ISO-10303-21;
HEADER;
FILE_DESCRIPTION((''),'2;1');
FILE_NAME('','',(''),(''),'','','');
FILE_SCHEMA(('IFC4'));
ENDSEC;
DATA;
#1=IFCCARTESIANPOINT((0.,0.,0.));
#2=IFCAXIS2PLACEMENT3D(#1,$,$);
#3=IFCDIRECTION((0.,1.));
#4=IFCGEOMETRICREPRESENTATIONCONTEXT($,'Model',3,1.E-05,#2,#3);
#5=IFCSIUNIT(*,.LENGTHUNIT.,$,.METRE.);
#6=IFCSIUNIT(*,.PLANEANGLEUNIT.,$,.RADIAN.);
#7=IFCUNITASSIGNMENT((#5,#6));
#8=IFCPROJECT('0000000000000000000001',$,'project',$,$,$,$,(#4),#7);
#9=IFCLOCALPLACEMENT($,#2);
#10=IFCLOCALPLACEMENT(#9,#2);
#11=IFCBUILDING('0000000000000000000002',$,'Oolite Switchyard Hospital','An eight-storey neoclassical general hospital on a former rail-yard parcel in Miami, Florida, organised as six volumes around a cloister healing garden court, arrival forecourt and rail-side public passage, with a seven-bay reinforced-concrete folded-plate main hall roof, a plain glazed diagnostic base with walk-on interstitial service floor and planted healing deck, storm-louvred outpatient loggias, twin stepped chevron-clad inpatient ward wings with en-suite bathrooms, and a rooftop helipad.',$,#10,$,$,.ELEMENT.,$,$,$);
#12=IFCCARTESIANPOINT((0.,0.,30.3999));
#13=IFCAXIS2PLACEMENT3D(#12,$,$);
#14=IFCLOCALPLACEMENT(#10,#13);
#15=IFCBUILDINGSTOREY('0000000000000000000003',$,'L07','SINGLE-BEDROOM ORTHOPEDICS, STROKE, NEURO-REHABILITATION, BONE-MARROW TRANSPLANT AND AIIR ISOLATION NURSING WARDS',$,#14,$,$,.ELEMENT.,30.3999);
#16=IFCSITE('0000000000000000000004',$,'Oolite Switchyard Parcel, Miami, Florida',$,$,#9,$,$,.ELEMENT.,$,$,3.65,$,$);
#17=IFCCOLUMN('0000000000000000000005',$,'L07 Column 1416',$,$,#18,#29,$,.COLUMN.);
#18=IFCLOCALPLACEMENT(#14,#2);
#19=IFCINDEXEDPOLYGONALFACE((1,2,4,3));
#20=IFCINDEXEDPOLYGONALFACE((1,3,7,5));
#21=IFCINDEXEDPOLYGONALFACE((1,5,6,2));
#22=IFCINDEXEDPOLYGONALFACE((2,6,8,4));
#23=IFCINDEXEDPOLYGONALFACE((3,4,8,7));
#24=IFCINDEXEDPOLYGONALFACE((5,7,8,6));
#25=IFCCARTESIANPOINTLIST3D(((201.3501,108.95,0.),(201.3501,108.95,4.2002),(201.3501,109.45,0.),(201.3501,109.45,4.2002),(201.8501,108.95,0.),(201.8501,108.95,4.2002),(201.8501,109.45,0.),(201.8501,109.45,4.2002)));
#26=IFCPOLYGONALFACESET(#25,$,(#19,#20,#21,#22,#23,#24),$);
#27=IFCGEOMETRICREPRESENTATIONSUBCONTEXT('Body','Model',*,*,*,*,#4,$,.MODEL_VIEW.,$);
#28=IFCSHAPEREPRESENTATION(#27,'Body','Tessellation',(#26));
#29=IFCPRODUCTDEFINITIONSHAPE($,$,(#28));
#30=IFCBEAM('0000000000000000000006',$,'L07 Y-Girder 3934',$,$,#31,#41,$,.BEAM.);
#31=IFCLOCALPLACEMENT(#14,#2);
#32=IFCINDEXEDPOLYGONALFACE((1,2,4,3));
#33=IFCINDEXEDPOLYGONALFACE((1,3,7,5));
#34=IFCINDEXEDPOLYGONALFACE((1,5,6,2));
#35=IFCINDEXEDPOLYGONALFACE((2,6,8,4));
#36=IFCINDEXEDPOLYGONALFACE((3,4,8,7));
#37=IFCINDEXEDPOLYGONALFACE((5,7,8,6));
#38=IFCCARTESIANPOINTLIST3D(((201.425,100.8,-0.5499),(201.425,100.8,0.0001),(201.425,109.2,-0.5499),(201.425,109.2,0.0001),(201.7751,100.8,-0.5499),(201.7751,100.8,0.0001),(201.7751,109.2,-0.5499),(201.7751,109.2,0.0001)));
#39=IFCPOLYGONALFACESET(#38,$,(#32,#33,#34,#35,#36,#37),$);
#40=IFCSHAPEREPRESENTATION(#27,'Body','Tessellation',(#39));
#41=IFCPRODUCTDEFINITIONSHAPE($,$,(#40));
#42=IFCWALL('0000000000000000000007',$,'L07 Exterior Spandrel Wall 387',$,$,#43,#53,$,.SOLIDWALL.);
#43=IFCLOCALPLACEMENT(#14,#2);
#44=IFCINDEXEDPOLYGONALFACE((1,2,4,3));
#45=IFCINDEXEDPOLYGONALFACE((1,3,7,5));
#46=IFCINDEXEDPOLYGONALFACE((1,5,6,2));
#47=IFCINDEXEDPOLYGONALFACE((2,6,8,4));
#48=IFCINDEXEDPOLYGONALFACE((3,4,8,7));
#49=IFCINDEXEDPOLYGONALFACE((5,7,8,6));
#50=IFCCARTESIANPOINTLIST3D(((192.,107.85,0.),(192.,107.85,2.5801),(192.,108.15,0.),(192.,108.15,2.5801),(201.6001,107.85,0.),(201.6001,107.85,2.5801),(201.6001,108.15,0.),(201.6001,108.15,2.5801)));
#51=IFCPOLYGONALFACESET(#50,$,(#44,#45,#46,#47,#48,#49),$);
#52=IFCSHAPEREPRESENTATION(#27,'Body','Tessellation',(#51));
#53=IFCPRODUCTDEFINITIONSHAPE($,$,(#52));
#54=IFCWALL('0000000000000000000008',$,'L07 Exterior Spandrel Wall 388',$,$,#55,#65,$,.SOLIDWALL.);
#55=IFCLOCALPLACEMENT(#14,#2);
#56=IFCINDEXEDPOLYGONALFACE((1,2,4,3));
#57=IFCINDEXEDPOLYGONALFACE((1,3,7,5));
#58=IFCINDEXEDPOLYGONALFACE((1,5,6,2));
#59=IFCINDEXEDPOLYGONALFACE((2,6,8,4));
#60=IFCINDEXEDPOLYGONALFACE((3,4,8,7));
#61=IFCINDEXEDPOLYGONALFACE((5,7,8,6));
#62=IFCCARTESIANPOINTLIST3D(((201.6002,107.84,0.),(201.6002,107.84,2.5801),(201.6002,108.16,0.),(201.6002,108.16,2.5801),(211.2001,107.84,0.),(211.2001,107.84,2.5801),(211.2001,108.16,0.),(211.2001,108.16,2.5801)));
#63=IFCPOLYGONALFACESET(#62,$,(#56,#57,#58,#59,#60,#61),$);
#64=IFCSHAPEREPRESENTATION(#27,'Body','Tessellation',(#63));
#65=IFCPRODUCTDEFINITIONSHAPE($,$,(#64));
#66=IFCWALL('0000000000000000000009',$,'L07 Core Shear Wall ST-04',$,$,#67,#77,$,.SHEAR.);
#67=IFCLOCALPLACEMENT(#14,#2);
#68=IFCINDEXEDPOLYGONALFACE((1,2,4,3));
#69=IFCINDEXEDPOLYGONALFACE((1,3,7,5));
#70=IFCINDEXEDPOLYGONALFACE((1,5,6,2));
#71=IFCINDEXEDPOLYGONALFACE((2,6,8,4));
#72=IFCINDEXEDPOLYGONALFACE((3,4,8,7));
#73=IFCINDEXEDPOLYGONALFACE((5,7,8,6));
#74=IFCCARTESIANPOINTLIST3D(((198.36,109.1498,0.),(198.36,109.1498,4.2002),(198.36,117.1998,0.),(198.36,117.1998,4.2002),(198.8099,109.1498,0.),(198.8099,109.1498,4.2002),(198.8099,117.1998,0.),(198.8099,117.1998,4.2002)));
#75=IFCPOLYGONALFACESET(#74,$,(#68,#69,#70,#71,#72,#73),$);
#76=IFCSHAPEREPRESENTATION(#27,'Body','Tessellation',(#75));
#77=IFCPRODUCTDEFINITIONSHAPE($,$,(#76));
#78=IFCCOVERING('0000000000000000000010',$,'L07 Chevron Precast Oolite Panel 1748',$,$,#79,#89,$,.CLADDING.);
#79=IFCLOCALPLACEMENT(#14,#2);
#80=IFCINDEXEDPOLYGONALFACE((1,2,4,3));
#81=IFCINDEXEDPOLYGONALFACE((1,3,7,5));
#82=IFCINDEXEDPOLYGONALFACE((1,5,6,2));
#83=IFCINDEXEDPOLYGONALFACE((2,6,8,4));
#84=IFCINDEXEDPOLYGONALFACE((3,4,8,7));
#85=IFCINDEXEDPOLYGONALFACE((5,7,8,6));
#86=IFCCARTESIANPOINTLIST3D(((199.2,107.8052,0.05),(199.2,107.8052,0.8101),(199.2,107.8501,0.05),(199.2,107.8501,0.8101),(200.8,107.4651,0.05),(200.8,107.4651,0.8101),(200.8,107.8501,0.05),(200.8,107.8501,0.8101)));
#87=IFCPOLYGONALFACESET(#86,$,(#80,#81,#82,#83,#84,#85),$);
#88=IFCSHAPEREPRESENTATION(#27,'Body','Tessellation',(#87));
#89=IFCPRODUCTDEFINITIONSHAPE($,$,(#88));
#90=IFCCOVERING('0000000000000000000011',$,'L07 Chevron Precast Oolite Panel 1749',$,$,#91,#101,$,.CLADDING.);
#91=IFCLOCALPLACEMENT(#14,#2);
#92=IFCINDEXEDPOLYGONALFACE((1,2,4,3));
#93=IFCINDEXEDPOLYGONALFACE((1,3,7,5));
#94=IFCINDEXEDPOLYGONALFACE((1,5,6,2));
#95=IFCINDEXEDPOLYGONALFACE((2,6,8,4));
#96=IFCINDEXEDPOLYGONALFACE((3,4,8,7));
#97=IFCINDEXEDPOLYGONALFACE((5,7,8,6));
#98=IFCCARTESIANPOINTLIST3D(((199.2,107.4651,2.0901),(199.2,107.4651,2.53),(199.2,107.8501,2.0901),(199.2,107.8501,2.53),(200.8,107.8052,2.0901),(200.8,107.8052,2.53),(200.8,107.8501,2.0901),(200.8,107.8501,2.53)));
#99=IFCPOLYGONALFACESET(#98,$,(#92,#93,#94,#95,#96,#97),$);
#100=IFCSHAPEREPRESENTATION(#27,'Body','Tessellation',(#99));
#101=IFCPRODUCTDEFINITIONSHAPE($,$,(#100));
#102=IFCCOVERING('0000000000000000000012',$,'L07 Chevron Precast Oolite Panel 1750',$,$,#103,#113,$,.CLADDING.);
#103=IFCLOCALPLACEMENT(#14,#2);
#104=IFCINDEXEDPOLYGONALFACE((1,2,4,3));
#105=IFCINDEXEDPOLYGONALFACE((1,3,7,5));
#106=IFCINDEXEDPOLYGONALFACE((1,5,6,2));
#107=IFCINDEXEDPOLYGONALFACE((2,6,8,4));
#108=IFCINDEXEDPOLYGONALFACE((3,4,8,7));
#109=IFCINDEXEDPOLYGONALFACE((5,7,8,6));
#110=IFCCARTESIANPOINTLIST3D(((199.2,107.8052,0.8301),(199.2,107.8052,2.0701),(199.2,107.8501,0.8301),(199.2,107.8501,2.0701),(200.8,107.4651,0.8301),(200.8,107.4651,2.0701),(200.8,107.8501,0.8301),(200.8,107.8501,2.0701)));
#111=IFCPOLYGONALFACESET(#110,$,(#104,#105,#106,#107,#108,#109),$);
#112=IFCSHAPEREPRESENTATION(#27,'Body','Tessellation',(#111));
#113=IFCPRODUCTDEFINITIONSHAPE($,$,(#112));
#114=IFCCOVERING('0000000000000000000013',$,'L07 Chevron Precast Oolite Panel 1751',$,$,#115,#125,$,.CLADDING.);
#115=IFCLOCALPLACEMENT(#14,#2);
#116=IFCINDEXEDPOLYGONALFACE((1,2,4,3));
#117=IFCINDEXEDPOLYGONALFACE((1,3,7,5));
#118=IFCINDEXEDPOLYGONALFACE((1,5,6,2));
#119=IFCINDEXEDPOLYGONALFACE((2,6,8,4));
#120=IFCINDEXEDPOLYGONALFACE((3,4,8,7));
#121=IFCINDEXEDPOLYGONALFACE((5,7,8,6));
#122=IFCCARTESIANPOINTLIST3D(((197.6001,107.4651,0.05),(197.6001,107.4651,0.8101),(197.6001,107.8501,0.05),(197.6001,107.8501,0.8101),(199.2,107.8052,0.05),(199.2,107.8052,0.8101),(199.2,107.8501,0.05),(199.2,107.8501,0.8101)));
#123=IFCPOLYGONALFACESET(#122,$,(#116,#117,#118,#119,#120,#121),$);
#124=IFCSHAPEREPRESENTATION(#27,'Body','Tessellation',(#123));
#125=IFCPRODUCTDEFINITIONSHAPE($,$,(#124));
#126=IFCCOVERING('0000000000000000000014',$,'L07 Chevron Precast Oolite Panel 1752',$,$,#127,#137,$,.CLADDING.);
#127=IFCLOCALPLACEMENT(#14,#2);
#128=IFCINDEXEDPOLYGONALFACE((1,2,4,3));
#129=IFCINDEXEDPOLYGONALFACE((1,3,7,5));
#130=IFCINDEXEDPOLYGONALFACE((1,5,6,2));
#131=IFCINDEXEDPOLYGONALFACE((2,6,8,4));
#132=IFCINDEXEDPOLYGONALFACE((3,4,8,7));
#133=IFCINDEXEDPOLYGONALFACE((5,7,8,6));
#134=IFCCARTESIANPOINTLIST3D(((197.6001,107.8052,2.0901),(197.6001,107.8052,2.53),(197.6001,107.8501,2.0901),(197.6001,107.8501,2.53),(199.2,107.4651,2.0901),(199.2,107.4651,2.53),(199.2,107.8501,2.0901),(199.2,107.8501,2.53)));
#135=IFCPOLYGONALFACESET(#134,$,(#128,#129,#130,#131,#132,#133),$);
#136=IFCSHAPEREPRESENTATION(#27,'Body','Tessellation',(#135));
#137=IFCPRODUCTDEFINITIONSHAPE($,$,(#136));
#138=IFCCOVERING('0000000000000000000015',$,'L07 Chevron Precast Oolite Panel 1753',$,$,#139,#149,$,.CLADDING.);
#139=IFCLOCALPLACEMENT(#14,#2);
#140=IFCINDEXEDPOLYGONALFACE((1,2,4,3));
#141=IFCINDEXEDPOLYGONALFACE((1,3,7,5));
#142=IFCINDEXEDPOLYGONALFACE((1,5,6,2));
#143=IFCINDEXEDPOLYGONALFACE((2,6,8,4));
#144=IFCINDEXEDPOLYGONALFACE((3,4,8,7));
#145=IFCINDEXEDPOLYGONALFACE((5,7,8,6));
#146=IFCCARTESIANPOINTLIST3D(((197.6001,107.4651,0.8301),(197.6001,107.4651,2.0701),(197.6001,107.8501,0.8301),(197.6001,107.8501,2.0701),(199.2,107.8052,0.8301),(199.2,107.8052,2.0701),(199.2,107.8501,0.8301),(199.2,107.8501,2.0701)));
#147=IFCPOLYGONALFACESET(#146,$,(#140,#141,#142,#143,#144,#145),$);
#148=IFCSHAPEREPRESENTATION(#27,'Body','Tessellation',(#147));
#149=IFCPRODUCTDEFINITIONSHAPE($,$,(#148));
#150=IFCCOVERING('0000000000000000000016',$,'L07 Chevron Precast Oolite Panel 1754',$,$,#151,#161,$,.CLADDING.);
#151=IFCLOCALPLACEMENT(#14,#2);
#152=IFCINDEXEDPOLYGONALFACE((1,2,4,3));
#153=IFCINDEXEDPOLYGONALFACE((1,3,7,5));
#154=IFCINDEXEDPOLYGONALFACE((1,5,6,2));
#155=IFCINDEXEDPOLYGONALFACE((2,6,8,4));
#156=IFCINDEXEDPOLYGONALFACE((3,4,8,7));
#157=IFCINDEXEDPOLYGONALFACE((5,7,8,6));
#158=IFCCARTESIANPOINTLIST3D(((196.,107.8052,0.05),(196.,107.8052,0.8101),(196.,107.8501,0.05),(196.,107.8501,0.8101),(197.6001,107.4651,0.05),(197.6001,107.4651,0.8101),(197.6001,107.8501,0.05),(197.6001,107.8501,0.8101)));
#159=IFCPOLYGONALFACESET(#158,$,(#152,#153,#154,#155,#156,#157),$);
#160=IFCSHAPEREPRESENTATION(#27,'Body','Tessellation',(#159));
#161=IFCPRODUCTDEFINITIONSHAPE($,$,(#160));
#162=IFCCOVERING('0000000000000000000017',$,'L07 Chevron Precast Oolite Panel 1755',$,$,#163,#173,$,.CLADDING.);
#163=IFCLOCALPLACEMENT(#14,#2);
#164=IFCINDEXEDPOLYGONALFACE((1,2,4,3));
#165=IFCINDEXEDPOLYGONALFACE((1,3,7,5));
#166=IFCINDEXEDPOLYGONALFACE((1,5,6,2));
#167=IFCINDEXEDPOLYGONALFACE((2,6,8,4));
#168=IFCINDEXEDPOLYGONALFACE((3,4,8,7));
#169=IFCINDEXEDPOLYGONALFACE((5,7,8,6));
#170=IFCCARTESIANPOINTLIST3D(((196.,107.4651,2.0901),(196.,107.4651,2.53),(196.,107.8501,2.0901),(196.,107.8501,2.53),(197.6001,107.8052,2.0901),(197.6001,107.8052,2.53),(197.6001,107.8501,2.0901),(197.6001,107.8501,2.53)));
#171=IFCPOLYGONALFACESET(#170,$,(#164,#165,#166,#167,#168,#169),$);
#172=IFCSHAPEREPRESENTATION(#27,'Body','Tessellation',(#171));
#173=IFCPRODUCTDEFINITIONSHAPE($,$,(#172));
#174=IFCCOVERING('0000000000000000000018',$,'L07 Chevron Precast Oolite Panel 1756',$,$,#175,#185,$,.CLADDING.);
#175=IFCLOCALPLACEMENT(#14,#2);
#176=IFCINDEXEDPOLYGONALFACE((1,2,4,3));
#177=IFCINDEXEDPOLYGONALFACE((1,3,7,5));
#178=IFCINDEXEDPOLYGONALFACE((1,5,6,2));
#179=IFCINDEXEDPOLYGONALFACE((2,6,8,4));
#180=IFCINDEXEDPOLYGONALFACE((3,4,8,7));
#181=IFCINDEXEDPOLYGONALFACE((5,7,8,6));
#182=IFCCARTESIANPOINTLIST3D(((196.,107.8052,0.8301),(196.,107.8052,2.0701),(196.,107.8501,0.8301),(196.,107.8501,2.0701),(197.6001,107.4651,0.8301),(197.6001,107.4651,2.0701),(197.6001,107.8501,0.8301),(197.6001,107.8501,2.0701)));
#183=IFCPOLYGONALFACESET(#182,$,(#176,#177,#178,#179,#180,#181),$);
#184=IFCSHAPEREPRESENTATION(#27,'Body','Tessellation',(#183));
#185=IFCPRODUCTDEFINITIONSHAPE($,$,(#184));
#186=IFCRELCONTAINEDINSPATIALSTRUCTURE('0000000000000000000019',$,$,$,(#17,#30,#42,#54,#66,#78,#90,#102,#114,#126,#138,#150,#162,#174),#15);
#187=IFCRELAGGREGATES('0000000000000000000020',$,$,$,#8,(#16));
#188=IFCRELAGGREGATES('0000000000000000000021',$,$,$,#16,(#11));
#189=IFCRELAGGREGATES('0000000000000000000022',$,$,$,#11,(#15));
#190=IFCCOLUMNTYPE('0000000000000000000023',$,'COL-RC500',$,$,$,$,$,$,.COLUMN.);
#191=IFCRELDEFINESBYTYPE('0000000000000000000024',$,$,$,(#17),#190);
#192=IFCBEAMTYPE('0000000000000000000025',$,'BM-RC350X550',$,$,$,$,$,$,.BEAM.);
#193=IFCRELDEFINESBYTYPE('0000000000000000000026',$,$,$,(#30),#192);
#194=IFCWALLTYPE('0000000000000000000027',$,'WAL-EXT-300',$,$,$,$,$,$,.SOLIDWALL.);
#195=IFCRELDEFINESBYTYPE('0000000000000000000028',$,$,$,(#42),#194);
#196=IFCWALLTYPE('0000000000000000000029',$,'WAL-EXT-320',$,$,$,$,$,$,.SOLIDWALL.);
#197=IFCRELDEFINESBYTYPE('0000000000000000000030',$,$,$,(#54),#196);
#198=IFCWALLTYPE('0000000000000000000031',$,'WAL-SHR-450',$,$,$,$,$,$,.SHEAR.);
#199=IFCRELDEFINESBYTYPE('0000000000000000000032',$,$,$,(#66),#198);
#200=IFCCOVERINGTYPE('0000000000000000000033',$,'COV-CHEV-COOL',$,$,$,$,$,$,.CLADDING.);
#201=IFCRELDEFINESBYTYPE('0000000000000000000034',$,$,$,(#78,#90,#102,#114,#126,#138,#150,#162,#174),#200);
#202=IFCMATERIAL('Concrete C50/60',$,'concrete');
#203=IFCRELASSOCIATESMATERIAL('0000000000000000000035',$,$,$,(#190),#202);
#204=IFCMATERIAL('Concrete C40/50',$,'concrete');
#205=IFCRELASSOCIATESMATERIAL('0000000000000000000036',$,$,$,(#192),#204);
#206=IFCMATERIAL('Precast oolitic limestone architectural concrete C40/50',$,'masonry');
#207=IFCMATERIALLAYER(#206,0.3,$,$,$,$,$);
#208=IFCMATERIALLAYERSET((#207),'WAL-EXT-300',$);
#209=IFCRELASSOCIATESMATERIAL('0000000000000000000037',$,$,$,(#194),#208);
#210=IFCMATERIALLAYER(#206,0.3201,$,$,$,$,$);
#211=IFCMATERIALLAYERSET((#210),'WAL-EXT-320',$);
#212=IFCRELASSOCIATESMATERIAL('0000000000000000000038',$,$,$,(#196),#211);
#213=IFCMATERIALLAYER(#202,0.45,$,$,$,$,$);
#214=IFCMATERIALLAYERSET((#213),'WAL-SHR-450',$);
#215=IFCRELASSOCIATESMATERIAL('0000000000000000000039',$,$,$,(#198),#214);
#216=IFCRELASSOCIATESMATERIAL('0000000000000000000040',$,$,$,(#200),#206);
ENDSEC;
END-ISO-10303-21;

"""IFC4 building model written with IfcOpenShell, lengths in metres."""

from ifc_helpers import new_model, si_unit, direction, frame, frame_2d, origin, origin_2d, place, context, subcontext, project, spatial, polyline, rectangle, outline, extrude, material, layer, layer_set, material_profile, profile_set, type_object, element, save


model = new_model("IFC4")

# Units and contexts
model_context = context("Model", 3, precision=1e-05, world=origin(), true_north=direction((0.0, 1.0)))
body_context = subcontext(model_context, "Body", "Model", "MODEL_VIEW")
ifc_project = project(units=[si_unit("LENGTHUNIT", "METRE"), si_unit("PLANEANGLEUNIT", "RADIAN")], contexts=[model_context])

# Site, building, storey
site_placement = place(None, origin())
site = spatial("IfcSite", under=ifc_project, at=site_placement, Name="Oolite Switchyard Parcel, Miami, Florida", CompositionType="ELEMENT", RefElevation=3.65)
building_placement = place(site_placement, origin())
building = spatial("IfcBuilding", under=site, at=building_placement, Name="Oolite Switchyard Hospital", Description="An eight-storey neoclassical general hospital on a former rail-yard parcel in Miami, Florida, organised as six volumes around a cloister healing garden court, arrival forecourt and rail-side public passage, with a seven-bay reinforced-concrete folded-plate main hall roof, a plain glazed diagnostic base with walk-on interstitial service floor and planted healing deck, storm-louvred outpatient loggias, twin stepped chevron-clad inpatient ward wings with en-suite bathrooms, and a rooftop helipad.", CompositionType="ELEMENT")
storey_placement = place(building_placement, frame((0.0, 0.0, 30.3999)))
storey = spatial("IfcBuildingStorey", under=building, at=storey_placement, Name="L07", Description="SINGLE-BEDROOM ORTHOPEDICS, STROKE, NEURO-REHABILITATION, BONE-MARROW TRANSPLANT AND AIIR ISOLATION NURSING WARDS", CompositionType="ELEMENT", Elevation=30.3999)

# Column
ifc_material_1 = material(Name="Concrete C50/60", Category="concrete")
ifc_material_profile_1 = material_profile(ifc_material_1, rectangle(XDim=0.5, YDim=0.5, at=origin_2d()), Name="RC500X500")
ifc_profile_set_1 = profile_set([ifc_material_profile_1], Name="Concrete C50/60")
column_type = type_object("IfcColumnType", Name="COL-RC500", PredefinedType="COLUMN", material=ifc_profile_set_1)
column_placement = place(storey_placement, frame((201.6001, 109.2, 0.0), z_axis=(0.0, 0.0, 1.0), x_axis=(1.0, 0.0, 0.0)))
element("IfcColumn", 1, at=column_placement, inside=storey, type_object=column_type, Name="L07 Column 1416", PredefinedType="COLUMN", context=body_context, shape_type="SweptSolid", body=[
    extrude(rectangle(XDim=0.5, YDim=0.5, at=origin_2d()), origin(), (0.0, 0.0, 1.0), 4.2002),
])

# Beam
ifc_material_2 = material(Name="Concrete C40/50", Category="concrete")
ifc_material_profile_2 = material_profile(ifc_material_2, rectangle(XDim=0.3501, YDim=0.55, at=origin_2d()), Name="RCB350X550")
ifc_profile_set_2 = profile_set([ifc_material_profile_2], Name="Concrete C40/50")
beam_type = type_object("IfcBeamType", Name="BM-RC350X550", PredefinedType="BEAM", material=ifc_profile_set_2)
beam_placement = place(storey_placement, frame((201.6001, 100.8, -0.2749), z_axis=(0.0, 1.0, 0.0), x_axis=(-1.0, 0.0, 0.0)))
element("IfcBeam", 2, at=beam_placement, inside=storey, type_object=beam_type, Name="L07 Y-Girder 3934", PredefinedType="BEAM", context=body_context, shape_type="SweptSolid", body=[
    extrude(rectangle(XDim=0.3501, YDim=0.55, at=origin_2d()), origin(), (0.0, 0.0, 1.0), 8.3999),
])

# Walls
ifc_material_3 = material(Name="Precast oolitic limestone architectural concrete C40/50", Category="masonry")
ifc_layer_1 = layer(ifc_material_3, 0.3)
ifc_layer_set_1 = layer_set([ifc_layer_1], Name="WAL-EXT-300")
wall_type_1 = type_object("IfcWallType", Name="WAL-EXT-300", PredefinedType="SOLIDWALL", material=ifc_layer_set_1)
wall_1_placement = place(storey_placement, frame((201.6001, 108.0, 0.0), z_axis=(0.0, 0.0, 1.0), x_axis=(-1.0, 0.0, 0.0)))
element("IfcWall", 3, at=wall_1_placement, inside=storey, type_object=wall_type_1, Name="L07 Exterior Spandrel Wall 387", PredefinedType="SOLIDWALL", context=body_context, shape_type="SweptSolid", body=[
    extrude(rectangle(XDim=9.6001, YDim=0.3, at=frame_2d((4.8, 0.0))), origin(), (0.0, 0.0, 1.0), 2.5801),
])
ifc_layer_2 = layer(ifc_material_3, 0.3201)
ifc_layer_set_2 = layer_set([ifc_layer_2], Name="WAL-EXT-320")
wall_type_2 = type_object("IfcWallType", Name="WAL-EXT-320", PredefinedType="SOLIDWALL", material=ifc_layer_set_2)
wall_2_placement = place(storey_placement, frame((211.2, 108.0, 0.0), z_axis=(0.0, 0.0, 1.0), x_axis=(-1.0, 0.0, 0.0)))
element("IfcWall", 4, at=wall_2_placement, inside=storey, type_object=wall_type_2, Name="L07 Exterior Spandrel Wall 388", PredefinedType="SOLIDWALL", context=body_context, shape_type="SweptSolid", body=[
    extrude(rectangle(XDim=9.5999, YDim=0.3201, at=frame_2d((4.7998, 0.0))), origin(), (0.0, 0.0, 1.0), 2.5801),
])
ifc_layer_3 = layer(ifc_material_1, 0.45)
ifc_layer_set_3 = layer_set([ifc_layer_3], Name="WAL-SHR-450")
wall_type_3 = type_object("IfcWallType", Name="WAL-SHR-450", PredefinedType="SHEAR", material=ifc_layer_set_3)
wall_3_placement = place(storey_placement, frame((198.585, 109.1499, 0.0), z_axis=(0.0, 0.0, 1.0), x_axis=(0.0, 1.0, 0.0)))
element("IfcWall", 5, at=wall_3_placement, inside=storey, type_object=wall_type_3, Name="L07 Core Shear Wall ST-04", PredefinedType="SHEAR", context=body_context, shape_type="SweptSolid", body=[
    extrude(rectangle(XDim=8.05, YDim=0.45, at=frame_2d((4.0249, 0.0))), origin(), (0.0, 0.0, 1.0), 4.2002),
])

# Coverings
covering_type = type_object("IfcCoveringType", Name="COV-CHEV-COOL", PredefinedType="CLADDING", material=ifc_material_3)
covering_1_placement = place(storey_placement, frame((200.8, 107.8501, 0.05), z_axis=(0.0, 0.0, 1.0), x_axis=(-1.0, 0.0, 0.0)))
element("IfcCovering", 6, at=covering_1_placement, inside=storey, type_object=covering_type, Name="L07 Chevron Precast Oolite Panel 1748", PredefinedType="CLADDING", context=body_context, shape_type="SweptSolid", body=[
    extrude(outline(polyline([(0.0, 0.0), (1.6001, 0.0), (1.6001, 0.0449), (0.0, 0.385), (0.0, 0.0)])), origin(), (0.0, 0.0, 1.0), 0.76),
])
covering_2_placement = place(storey_placement, frame((200.8, 107.8501, 2.0901), z_axis=(0.0, 0.0, 1.0), x_axis=(-1.0, 0.0, 0.0)))
element("IfcCovering", 7, at=covering_2_placement, inside=storey, type_object=covering_type, Name="L07 Chevron Precast Oolite Panel 1749", PredefinedType="CLADDING", context=body_context, shape_type="SweptSolid", body=[
    extrude(outline(polyline([(0.0, 0.0), (1.6001, 0.0), (1.6001, 0.385), (0.0, 0.0449), (0.0, 0.0)])), origin(), (0.0, 0.0, 1.0), 0.4399),
])
covering_3_placement = place(storey_placement, frame((200.8, 107.8501, 0.8301), z_axis=(0.0, 0.0, 1.0), x_axis=(-1.0, 0.0, 0.0)))
element("IfcCovering", 8, at=covering_3_placement, inside=storey, type_object=covering_type, Name="L07 Chevron Precast Oolite Panel 1750", PredefinedType="CLADDING", context=body_context, shape_type="SweptSolid", body=[
    extrude(outline(polyline([(0.0, 0.0), (1.6001, 0.0), (1.6001, 0.0449), (0.0, 0.385), (0.0, 0.0)])), origin(), (0.0, 0.0, 1.0), 1.24),
])
covering_4_placement = place(storey_placement, frame((199.2, 107.8501, 0.05), z_axis=(0.0, 0.0, 1.0), x_axis=(-1.0, 0.0, 0.0)))
element("IfcCovering", 9, at=covering_4_placement, inside=storey, type_object=covering_type, Name="L07 Chevron Precast Oolite Panel 1751", PredefinedType="CLADDING", context=body_context, shape_type="SweptSolid", body=[
    extrude(outline(polyline([(0.0, 0.0), (1.5999, 0.0), (1.5999, 0.385), (0.0, 0.0449), (0.0, 0.0)])), origin(), (0.0, 0.0, 1.0), 0.76),
])
covering_5_placement = place(storey_placement, frame((199.2, 107.8501, 2.0901), z_axis=(0.0, 0.0, 1.0), x_axis=(-1.0, 0.0, 0.0)))
element("IfcCovering", 10, at=covering_5_placement, inside=storey, type_object=covering_type, Name="L07 Chevron Precast Oolite Panel 1752", PredefinedType="CLADDING", context=body_context, shape_type="SweptSolid", body=[
    extrude(outline(polyline([(0.0, 0.0), (1.5999, 0.0), (1.5999, 0.0449), (0.0, 0.385), (0.0, 0.0)])), origin(), (0.0, 0.0, 1.0), 0.4399),
])
covering_6_placement = place(storey_placement, frame((199.2, 107.8501, 0.8301), z_axis=(0.0, 0.0, 1.0), x_axis=(-1.0, 0.0, 0.0)))
element("IfcCovering", 11, at=covering_6_placement, inside=storey, type_object=covering_type, Name="L07 Chevron Precast Oolite Panel 1753", PredefinedType="CLADDING", context=body_context, shape_type="SweptSolid", body=[
    extrude(outline(polyline([(0.0, 0.0), (1.5999, 0.0), (1.5999, 0.385), (0.0, 0.0449), (0.0, 0.0)])), origin(), (0.0, 0.0, 1.0), 1.24),
])
covering_7_placement = place(storey_placement, frame((197.6001, 107.8501, 0.05), z_axis=(0.0, 0.0, 1.0), x_axis=(-1.0, 0.0, 0.0)))
element("IfcCovering", 12, at=covering_7_placement, inside=storey, type_object=covering_type, Name="L07 Chevron Precast Oolite Panel 1754", PredefinedType="CLADDING", context=body_context, shape_type="SweptSolid", body=[
    extrude(outline(polyline([(0.0, 0.0), (1.6001, 0.0), (1.6001, 0.0449), (0.0, 0.385), (0.0, 0.0)])), origin(), (0.0, 0.0, 1.0), 0.76),
])
covering_8_placement = place(storey_placement, frame((197.6001, 107.8501, 2.0901), z_axis=(0.0, 0.0, 1.0), x_axis=(-1.0, 0.0, 0.0)))
element("IfcCovering", 13, at=covering_8_placement, inside=storey, type_object=covering_type, Name="L07 Chevron Precast Oolite Panel 1755", PredefinedType="CLADDING", context=body_context, shape_type="SweptSolid", body=[
    extrude(outline(polyline([(0.0, 0.0), (1.6001, 0.0), (1.6001, 0.385), (0.0, 0.0449), (0.0, 0.0)])), origin(), (0.0, 0.0, 1.0), 0.4399),
])
covering_9_placement = place(storey_placement, frame((197.6001, 107.8501, 0.8301), z_axis=(0.0, 0.0, 1.0), x_axis=(-1.0, 0.0, 0.0)))
element("IfcCovering", 14, at=covering_9_placement, inside=storey, type_object=covering_type, Name="L07 Chevron Precast Oolite Panel 1756", PredefinedType="CLADDING", context=body_context, shape_type="SweptSolid", body=[
    extrude(outline(polyline([(0.0, 0.0), (1.6001, 0.0), (1.6001, 0.0449), (0.0, 0.385), (0.0, 0.0)])), origin(), (0.0, 0.0, 1.0), 1.24),
])

save(model, "model.ifc")
